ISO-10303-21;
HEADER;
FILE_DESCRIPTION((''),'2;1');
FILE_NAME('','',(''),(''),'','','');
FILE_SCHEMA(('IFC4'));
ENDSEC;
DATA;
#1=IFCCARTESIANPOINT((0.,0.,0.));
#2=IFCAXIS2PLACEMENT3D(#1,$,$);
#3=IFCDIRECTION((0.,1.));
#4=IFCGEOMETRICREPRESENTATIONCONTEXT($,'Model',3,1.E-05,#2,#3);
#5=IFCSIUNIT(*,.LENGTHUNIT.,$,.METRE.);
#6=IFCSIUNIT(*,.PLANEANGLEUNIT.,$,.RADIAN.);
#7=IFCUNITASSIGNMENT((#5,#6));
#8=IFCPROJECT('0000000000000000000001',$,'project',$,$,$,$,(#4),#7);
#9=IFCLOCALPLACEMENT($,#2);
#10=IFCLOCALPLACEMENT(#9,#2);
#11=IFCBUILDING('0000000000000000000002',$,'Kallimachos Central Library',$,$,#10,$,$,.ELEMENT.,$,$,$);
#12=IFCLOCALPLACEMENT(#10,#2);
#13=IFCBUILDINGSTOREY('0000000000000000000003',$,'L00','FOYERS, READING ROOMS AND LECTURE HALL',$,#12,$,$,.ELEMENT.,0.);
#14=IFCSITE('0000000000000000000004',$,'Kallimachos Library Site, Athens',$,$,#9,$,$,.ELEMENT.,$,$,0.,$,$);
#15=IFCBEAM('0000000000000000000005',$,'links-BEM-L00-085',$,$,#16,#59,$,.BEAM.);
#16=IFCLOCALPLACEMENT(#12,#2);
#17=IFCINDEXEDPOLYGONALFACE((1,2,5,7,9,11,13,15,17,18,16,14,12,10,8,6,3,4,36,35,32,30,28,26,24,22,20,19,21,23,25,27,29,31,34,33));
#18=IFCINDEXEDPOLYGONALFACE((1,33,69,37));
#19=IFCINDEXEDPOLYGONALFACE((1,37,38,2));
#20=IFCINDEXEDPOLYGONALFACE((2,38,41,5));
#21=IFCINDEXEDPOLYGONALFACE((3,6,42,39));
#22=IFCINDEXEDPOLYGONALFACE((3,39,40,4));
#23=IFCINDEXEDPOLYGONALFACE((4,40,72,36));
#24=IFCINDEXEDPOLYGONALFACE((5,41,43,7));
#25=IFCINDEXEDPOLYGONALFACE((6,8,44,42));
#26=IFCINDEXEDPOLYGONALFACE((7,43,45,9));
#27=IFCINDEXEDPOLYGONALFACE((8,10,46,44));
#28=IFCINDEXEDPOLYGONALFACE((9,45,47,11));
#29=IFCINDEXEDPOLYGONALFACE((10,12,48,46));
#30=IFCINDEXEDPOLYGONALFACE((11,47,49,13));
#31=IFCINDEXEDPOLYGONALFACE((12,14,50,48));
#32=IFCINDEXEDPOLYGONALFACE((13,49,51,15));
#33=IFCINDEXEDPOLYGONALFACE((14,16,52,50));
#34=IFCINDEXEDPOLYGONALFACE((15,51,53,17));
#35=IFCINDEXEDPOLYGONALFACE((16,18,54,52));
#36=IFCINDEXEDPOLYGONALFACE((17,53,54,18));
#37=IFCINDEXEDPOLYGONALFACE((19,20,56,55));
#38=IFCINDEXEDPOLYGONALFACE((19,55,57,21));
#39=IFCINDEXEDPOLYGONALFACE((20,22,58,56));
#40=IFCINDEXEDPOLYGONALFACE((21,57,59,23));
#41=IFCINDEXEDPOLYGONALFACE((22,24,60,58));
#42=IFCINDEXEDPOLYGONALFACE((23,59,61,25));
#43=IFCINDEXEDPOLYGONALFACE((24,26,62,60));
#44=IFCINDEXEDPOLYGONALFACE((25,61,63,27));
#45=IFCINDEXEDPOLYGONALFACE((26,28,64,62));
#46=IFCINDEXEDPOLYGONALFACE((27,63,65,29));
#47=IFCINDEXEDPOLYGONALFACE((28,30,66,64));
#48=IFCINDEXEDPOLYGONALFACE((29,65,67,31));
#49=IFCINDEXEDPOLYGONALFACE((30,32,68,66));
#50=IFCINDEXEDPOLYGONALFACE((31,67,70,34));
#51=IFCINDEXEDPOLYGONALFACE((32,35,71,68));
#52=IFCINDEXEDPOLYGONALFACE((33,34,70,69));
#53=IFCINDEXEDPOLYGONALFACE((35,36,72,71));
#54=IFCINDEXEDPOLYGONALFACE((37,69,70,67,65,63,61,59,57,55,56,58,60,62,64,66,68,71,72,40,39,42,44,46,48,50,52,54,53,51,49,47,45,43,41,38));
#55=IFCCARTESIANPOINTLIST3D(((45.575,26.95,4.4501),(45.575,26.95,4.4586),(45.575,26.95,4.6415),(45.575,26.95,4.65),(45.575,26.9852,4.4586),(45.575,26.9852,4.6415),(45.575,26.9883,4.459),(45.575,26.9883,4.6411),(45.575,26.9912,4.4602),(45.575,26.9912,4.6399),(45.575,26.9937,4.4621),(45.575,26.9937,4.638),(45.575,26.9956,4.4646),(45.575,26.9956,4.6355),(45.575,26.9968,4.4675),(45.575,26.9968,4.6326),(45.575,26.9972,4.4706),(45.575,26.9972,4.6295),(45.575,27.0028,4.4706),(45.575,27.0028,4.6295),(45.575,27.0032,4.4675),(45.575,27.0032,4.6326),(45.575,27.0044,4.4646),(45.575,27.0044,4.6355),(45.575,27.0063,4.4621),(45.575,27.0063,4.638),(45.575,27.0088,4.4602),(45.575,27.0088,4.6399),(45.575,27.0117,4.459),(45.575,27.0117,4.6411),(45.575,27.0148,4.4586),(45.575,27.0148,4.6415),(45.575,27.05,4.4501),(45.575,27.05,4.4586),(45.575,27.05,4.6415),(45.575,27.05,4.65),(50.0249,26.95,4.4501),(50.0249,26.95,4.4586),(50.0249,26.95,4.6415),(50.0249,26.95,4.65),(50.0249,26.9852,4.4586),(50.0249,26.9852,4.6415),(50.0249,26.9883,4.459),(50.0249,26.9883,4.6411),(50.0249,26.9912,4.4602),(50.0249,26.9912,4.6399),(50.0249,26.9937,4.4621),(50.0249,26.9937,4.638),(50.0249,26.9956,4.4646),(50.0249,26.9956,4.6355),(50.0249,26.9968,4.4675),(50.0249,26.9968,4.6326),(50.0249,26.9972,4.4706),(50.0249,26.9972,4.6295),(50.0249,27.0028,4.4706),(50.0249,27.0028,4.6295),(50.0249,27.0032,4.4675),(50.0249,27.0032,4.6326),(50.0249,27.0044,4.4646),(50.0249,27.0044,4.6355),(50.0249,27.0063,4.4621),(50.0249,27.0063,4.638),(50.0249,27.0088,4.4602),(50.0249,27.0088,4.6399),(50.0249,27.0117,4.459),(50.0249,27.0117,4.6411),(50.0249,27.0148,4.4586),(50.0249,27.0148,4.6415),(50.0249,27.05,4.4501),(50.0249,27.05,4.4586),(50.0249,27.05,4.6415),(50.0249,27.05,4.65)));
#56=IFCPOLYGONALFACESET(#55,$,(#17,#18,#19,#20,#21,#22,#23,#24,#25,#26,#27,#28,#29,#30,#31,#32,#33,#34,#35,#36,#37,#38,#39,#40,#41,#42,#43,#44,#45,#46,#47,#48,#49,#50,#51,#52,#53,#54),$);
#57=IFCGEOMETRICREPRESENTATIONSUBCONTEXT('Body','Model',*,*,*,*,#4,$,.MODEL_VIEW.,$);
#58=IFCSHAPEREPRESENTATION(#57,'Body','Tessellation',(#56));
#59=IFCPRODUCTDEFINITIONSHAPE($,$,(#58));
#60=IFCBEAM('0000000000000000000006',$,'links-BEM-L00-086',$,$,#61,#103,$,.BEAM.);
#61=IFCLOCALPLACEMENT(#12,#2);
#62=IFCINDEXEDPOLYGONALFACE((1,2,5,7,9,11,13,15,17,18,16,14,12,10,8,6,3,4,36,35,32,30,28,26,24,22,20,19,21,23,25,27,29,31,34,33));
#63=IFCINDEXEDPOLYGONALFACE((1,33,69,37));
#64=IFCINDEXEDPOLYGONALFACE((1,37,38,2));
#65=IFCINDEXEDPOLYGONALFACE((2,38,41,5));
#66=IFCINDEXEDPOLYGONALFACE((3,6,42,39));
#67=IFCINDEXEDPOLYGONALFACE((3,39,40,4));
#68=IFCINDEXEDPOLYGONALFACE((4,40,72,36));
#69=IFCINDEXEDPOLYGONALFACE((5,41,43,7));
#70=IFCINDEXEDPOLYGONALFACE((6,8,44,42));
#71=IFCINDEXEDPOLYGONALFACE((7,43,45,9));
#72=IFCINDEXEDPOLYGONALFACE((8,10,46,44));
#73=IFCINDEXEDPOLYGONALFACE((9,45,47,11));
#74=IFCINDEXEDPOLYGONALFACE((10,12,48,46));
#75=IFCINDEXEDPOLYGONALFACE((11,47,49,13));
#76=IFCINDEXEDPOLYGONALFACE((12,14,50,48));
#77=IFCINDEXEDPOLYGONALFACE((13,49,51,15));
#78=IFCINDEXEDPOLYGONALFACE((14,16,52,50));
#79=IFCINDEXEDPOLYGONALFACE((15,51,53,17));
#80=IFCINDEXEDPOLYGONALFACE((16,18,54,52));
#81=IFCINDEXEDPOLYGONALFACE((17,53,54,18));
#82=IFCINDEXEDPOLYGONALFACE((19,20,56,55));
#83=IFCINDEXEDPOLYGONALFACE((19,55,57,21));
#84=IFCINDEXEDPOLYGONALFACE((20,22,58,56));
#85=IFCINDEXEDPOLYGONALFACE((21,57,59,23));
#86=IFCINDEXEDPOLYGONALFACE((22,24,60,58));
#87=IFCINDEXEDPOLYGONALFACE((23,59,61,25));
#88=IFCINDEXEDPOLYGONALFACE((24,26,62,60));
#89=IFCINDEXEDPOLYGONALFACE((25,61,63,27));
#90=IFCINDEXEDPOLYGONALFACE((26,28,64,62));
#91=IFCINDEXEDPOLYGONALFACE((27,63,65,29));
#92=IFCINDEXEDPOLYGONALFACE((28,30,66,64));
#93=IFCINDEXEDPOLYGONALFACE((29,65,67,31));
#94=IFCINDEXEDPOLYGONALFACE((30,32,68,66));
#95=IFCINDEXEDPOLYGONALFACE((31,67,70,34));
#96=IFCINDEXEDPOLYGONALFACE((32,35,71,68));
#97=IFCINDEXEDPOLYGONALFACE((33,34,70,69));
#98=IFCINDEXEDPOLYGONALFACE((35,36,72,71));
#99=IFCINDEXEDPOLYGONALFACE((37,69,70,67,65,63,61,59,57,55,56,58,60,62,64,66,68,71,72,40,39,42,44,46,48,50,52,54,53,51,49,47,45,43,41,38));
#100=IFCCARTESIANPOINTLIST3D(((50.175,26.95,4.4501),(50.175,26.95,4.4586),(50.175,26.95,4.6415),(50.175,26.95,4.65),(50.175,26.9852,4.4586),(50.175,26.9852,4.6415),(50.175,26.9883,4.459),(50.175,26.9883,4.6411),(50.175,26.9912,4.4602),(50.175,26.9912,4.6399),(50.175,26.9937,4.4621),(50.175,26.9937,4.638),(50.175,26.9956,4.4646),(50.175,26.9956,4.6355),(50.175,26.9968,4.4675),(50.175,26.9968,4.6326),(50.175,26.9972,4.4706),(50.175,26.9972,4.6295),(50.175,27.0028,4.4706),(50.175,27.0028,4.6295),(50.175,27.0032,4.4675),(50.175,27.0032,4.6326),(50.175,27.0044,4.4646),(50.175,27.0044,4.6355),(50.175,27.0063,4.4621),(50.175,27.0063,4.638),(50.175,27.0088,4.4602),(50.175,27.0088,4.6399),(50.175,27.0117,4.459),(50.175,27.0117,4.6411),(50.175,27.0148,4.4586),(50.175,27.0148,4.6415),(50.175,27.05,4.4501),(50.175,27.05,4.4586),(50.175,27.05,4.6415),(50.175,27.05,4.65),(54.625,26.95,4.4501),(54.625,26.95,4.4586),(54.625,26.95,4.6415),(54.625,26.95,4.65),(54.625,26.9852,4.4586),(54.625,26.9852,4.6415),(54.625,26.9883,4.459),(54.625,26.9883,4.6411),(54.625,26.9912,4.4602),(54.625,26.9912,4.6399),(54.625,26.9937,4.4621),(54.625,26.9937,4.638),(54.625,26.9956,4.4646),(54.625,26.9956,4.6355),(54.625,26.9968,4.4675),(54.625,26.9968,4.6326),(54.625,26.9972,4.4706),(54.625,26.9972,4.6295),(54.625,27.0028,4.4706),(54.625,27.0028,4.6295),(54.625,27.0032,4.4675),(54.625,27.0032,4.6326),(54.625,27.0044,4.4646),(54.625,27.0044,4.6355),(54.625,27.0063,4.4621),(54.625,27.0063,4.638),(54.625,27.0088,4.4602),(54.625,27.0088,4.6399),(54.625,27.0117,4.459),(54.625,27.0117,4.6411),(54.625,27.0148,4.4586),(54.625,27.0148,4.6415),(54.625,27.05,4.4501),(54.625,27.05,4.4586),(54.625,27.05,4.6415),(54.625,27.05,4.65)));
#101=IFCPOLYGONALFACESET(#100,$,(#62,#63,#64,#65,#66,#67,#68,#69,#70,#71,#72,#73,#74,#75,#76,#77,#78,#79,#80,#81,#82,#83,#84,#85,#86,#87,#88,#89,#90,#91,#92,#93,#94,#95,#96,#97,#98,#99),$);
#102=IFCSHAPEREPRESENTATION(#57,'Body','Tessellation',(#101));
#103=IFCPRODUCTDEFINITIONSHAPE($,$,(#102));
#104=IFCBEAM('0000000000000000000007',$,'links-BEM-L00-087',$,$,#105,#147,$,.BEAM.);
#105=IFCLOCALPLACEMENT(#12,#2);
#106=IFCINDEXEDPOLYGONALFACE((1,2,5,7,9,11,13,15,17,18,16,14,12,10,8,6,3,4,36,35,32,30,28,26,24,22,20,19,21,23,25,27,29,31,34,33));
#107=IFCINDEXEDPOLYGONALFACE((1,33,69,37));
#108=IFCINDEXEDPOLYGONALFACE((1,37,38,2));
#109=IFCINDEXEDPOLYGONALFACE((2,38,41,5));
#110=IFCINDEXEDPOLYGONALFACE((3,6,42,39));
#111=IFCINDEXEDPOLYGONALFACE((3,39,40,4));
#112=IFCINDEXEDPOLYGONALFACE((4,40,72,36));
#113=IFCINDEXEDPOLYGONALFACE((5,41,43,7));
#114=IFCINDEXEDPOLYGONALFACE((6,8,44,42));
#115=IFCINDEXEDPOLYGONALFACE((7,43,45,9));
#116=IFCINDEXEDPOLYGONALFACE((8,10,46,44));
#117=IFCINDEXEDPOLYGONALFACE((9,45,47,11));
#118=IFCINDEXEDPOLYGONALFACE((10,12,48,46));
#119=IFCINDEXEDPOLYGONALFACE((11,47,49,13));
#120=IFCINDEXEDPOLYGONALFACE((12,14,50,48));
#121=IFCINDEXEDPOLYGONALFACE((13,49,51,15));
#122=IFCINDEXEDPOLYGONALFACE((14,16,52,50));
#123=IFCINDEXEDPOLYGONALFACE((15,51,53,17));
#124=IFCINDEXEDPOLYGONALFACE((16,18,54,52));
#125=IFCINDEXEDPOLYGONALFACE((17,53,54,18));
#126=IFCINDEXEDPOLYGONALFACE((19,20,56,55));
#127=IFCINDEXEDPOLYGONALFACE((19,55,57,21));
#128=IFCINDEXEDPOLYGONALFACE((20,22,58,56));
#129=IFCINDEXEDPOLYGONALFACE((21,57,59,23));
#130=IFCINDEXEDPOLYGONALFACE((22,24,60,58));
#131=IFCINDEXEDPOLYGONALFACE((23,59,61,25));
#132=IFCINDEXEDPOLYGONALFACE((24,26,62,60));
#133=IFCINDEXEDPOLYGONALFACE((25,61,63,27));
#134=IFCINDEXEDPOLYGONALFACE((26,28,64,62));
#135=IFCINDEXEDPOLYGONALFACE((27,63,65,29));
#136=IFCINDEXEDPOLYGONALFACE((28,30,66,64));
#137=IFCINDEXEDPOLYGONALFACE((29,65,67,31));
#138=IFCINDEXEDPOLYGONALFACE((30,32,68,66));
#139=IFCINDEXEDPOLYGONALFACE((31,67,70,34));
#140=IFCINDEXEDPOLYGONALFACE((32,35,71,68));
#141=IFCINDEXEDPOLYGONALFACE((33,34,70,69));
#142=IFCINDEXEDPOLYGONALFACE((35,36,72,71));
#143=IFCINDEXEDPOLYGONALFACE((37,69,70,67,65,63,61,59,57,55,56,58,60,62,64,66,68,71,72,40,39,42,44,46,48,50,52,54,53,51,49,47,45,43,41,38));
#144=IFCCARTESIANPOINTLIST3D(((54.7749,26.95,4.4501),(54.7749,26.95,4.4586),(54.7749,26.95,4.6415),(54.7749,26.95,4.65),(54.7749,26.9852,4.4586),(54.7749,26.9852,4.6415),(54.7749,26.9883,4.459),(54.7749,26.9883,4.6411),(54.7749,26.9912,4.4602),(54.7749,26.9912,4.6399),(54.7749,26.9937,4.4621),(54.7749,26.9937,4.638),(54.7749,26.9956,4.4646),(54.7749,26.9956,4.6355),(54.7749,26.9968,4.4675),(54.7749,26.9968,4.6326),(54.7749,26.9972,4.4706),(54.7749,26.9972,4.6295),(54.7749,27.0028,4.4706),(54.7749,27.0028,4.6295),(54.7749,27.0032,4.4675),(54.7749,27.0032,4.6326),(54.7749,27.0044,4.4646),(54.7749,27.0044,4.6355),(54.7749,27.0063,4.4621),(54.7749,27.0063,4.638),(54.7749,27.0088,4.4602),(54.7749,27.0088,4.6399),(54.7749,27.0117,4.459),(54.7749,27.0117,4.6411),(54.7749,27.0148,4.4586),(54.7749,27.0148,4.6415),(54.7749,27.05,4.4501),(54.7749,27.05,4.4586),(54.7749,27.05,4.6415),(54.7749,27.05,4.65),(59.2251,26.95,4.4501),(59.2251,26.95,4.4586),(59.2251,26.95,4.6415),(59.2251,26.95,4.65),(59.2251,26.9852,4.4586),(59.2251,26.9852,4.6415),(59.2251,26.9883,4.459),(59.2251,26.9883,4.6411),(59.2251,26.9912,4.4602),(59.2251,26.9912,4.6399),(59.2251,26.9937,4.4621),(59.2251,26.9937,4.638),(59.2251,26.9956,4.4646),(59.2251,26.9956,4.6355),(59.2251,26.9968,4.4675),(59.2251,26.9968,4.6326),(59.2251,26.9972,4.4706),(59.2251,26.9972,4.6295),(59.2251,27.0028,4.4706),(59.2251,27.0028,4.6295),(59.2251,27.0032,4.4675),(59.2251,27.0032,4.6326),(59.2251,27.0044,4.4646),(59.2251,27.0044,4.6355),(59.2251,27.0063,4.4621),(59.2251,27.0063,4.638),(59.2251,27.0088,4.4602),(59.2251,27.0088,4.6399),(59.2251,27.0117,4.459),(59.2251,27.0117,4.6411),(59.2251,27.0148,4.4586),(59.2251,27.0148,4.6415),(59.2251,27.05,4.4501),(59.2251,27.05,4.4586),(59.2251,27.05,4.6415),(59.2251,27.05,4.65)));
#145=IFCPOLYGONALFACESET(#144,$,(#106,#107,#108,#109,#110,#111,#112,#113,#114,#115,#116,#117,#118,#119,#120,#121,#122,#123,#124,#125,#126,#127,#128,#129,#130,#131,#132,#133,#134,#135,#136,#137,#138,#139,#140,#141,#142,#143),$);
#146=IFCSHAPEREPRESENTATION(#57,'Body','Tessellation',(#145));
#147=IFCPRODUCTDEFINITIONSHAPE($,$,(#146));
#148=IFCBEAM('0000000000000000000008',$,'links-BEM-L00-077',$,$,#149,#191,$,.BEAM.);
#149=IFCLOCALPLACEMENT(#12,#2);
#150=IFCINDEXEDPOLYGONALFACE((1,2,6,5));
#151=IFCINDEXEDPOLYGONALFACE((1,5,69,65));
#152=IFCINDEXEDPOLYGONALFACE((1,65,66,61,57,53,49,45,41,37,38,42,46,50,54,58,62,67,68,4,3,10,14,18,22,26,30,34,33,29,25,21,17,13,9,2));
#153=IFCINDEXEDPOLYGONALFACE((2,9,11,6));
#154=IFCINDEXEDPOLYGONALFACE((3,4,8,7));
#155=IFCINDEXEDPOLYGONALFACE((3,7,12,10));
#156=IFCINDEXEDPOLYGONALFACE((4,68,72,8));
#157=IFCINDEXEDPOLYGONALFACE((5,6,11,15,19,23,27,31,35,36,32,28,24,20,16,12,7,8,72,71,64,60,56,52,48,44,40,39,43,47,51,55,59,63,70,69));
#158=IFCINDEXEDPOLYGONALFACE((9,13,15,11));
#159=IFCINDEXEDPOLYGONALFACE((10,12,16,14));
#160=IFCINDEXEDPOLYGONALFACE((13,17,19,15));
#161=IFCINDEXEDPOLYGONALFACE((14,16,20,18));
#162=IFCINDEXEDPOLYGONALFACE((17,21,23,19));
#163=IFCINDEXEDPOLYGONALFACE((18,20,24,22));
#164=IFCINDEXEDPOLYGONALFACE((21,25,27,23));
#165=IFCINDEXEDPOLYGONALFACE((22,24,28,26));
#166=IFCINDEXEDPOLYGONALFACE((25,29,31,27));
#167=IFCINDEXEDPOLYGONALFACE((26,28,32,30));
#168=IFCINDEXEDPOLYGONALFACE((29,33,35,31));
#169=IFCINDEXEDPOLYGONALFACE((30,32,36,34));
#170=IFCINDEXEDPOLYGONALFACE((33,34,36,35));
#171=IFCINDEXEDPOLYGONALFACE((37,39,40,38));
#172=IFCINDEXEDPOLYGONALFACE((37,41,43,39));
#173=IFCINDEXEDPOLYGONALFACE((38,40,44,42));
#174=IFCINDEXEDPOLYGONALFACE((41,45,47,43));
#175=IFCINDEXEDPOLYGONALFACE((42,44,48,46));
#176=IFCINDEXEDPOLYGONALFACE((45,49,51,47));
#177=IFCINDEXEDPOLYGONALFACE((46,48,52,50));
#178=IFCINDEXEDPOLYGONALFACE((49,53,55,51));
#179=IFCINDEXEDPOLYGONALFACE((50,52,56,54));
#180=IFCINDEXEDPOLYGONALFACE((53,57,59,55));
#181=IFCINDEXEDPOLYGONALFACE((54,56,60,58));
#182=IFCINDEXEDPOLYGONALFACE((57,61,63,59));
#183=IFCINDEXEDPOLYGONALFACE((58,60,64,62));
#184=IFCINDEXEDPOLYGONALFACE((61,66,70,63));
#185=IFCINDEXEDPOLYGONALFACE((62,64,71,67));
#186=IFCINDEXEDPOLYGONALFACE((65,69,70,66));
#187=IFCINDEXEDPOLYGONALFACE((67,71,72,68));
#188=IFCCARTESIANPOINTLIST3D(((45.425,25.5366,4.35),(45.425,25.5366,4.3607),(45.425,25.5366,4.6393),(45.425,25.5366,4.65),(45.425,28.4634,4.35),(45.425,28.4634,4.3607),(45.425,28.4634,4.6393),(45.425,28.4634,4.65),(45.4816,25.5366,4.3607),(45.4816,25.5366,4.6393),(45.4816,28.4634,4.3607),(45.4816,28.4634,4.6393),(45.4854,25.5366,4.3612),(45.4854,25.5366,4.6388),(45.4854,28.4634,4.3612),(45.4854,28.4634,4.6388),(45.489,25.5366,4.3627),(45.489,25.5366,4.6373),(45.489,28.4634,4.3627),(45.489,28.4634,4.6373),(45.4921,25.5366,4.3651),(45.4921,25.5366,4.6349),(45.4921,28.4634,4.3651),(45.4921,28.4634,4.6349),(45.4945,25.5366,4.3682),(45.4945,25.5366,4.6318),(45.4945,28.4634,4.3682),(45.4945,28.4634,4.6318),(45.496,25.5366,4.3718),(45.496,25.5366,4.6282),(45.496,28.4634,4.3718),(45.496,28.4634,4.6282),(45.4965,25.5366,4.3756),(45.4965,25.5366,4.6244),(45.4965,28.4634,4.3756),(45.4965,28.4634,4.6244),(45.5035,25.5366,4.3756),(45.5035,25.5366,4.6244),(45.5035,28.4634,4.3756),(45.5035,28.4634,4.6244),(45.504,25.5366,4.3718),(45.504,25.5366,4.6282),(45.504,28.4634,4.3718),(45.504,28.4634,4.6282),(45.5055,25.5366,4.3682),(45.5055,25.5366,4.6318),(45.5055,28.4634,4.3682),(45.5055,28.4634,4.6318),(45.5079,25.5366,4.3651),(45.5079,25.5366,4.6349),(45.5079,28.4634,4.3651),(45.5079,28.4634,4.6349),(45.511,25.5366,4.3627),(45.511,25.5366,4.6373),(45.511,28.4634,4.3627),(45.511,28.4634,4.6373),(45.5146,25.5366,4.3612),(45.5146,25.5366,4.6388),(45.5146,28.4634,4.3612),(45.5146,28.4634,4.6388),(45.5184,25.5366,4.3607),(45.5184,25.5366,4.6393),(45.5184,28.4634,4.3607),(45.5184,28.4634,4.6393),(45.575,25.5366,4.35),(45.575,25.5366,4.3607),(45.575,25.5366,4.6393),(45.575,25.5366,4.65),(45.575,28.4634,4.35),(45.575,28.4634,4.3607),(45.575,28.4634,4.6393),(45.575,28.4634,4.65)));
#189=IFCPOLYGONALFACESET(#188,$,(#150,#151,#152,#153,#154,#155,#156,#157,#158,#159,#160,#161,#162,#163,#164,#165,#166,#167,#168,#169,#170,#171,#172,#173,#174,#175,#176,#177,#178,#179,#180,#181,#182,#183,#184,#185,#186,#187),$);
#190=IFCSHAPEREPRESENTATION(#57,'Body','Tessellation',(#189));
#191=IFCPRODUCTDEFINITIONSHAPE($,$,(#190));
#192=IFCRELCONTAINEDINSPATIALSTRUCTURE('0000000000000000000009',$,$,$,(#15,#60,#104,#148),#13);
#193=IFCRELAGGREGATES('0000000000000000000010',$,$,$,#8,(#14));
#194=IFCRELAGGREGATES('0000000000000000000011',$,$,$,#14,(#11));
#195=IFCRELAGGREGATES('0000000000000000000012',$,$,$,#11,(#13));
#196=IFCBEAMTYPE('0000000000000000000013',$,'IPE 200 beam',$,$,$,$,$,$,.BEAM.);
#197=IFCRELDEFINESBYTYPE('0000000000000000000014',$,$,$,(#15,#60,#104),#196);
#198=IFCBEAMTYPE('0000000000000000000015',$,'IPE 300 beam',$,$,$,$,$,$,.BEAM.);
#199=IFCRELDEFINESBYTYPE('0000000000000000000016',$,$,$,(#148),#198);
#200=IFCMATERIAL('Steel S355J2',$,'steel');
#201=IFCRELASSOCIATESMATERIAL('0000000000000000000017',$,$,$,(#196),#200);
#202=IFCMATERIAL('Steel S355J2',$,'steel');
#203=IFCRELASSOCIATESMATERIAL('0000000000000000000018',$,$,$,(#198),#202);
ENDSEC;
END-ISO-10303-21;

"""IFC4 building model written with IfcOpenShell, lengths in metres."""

from ifc_helpers import new_model, si_unit, direction, frame, origin, origin_2d, place, context, subcontext, project, spatial, i_section, extrude, material, material_profile, profile_set, type_object, element, save


model = new_model("IFC4")

# Units and contexts
model_context = context("Model", 3, precision=1e-05, world=origin(), true_north=direction((0.0, 1.0)))
body_context = subcontext(model_context, "Body", "Model", "MODEL_VIEW")
ifc_project = project(units=[si_unit("LENGTHUNIT", "METRE"), si_unit("PLANEANGLEUNIT", "RADIAN")], contexts=[model_context])

# Site, building, storey
site_placement = place(None, origin())
site = spatial("IfcSite", under=ifc_project, at=site_placement, Name="Kallimachos Library Site, Athens", CompositionType="ELEMENT", RefElevation=0.0)
building_placement = place(site_placement, origin())
building = spatial("IfcBuilding", under=site, at=building_placement, Name="Kallimachos Central Library", CompositionType="ELEMENT")
storey_placement = place(building_placement, origin())
storey = spatial("IfcBuildingStorey", under=building, at=storey_placement, Name="L00", Description="FOYERS, READING ROOMS AND LECTURE HALL", CompositionType="ELEMENT", Elevation=0.0)

# Beams
ifc_material_1 = material(Name="Steel S355J2", Category="steel")
ifc_material_profile_1 = material_profile(ifc_material_1, i_section(OverallWidth=0.1001, OverallDepth=0.2, WebThickness=0.0056, FlangeThickness=0.0085, FilletRadius=0.012, at=origin_2d()), Name="IPE 200")
ifc_profile_set_1 = profile_set([ifc_material_profile_1], Name="Steel S355J2")
beam_type_1 = type_object("IfcBeamType", Name="IPE 200 beam", PredefinedType="BEAM", material=ifc_profile_set_1)
for number, where, z_axis, x_axis, name in (
    (1, (45.575, 27.0, 4.55), (1.0, 0.0, 0.0), (0.0, 1.0, 0.0), "links-BEM-L00-085"),
    (2, (50.175, 27.0, 4.55), (1.0, 0.0, 0.0), (0.0, 1.0, 0.0), "links-BEM-L00-086"),
):
    element("IfcBeam", number, at=place(storey_placement, frame(where, z_axis=z_axis, x_axis=x_axis)), inside=storey, type_object=beam_type_1, Name=name, PredefinedType="BEAM", context=body_context, shape_type="SweptSolid", body=[
        extrude(i_section(OverallWidth=0.1001, OverallDepth=0.2, WebThickness=0.0056, FlangeThickness=0.0085, FilletRadius=0.012, at=origin_2d()), origin(), (0.0, 0.0, 1.0), 4.45),
    ])
beam_1_placement = place(storey_placement, frame((54.7749, 27.0, 4.55), z_axis=(1.0, 0.0, 0.0), x_axis=(0.0, 1.0, 0.0)))
element("IfcBeam", 3, at=beam_1_placement, inside=storey, type_object=beam_type_1, Name="links-BEM-L00-087", PredefinedType="BEAM", context=body_context, shape_type="SweptSolid", body=[
    extrude(i_section(OverallWidth=0.1001, OverallDepth=0.2, WebThickness=0.0056, FlangeThickness=0.0085, FilletRadius=0.012, at=origin_2d()), origin(), (0.0, 0.0, 1.0), 4.4502),
])
ifc_material_2 = material(Name="Steel S355J2", Category="steel")
ifc_material_profile_2 = material_profile(ifc_material_2, i_section(OverallWidth=0.1499, OverallDepth=0.3, WebThickness=0.0071, FlangeThickness=0.0107, FilletRadius=0.0149, at=origin_2d()), Name="IPE 300")
ifc_profile_set_2 = profile_set([ifc_material_profile_2], Name="Steel S355J2")
beam_type_2 = type_object("IfcBeamType", Name="IPE 300 beam", PredefinedType="BEAM", material=ifc_profile_set_2)
for number, where, z_axis, x_axis, name in (
    (4, (45.5, 25.5366, 4.5), (0.0, 1.0, 0.0), (-1.0, 0.0, 0.0), "links-BEM-L00-077"),
):
    element("IfcBeam", number, at=place(storey_placement, frame(where, z_axis=z_axis, x_axis=x_axis)), inside=storey, type_object=beam_type_2, Name=name, PredefinedType="BEAM", context=body_context, shape_type="SweptSolid", body=[
        extrude(i_section(OverallWidth=0.1499, OverallDepth=0.3, WebThickness=0.0071, FlangeThickness=0.0107, FilletRadius=0.0149, at=origin_2d()), origin(), (0.0, 0.0, 1.0), 2.9268),
    ])

save(model, "model.ifc")
